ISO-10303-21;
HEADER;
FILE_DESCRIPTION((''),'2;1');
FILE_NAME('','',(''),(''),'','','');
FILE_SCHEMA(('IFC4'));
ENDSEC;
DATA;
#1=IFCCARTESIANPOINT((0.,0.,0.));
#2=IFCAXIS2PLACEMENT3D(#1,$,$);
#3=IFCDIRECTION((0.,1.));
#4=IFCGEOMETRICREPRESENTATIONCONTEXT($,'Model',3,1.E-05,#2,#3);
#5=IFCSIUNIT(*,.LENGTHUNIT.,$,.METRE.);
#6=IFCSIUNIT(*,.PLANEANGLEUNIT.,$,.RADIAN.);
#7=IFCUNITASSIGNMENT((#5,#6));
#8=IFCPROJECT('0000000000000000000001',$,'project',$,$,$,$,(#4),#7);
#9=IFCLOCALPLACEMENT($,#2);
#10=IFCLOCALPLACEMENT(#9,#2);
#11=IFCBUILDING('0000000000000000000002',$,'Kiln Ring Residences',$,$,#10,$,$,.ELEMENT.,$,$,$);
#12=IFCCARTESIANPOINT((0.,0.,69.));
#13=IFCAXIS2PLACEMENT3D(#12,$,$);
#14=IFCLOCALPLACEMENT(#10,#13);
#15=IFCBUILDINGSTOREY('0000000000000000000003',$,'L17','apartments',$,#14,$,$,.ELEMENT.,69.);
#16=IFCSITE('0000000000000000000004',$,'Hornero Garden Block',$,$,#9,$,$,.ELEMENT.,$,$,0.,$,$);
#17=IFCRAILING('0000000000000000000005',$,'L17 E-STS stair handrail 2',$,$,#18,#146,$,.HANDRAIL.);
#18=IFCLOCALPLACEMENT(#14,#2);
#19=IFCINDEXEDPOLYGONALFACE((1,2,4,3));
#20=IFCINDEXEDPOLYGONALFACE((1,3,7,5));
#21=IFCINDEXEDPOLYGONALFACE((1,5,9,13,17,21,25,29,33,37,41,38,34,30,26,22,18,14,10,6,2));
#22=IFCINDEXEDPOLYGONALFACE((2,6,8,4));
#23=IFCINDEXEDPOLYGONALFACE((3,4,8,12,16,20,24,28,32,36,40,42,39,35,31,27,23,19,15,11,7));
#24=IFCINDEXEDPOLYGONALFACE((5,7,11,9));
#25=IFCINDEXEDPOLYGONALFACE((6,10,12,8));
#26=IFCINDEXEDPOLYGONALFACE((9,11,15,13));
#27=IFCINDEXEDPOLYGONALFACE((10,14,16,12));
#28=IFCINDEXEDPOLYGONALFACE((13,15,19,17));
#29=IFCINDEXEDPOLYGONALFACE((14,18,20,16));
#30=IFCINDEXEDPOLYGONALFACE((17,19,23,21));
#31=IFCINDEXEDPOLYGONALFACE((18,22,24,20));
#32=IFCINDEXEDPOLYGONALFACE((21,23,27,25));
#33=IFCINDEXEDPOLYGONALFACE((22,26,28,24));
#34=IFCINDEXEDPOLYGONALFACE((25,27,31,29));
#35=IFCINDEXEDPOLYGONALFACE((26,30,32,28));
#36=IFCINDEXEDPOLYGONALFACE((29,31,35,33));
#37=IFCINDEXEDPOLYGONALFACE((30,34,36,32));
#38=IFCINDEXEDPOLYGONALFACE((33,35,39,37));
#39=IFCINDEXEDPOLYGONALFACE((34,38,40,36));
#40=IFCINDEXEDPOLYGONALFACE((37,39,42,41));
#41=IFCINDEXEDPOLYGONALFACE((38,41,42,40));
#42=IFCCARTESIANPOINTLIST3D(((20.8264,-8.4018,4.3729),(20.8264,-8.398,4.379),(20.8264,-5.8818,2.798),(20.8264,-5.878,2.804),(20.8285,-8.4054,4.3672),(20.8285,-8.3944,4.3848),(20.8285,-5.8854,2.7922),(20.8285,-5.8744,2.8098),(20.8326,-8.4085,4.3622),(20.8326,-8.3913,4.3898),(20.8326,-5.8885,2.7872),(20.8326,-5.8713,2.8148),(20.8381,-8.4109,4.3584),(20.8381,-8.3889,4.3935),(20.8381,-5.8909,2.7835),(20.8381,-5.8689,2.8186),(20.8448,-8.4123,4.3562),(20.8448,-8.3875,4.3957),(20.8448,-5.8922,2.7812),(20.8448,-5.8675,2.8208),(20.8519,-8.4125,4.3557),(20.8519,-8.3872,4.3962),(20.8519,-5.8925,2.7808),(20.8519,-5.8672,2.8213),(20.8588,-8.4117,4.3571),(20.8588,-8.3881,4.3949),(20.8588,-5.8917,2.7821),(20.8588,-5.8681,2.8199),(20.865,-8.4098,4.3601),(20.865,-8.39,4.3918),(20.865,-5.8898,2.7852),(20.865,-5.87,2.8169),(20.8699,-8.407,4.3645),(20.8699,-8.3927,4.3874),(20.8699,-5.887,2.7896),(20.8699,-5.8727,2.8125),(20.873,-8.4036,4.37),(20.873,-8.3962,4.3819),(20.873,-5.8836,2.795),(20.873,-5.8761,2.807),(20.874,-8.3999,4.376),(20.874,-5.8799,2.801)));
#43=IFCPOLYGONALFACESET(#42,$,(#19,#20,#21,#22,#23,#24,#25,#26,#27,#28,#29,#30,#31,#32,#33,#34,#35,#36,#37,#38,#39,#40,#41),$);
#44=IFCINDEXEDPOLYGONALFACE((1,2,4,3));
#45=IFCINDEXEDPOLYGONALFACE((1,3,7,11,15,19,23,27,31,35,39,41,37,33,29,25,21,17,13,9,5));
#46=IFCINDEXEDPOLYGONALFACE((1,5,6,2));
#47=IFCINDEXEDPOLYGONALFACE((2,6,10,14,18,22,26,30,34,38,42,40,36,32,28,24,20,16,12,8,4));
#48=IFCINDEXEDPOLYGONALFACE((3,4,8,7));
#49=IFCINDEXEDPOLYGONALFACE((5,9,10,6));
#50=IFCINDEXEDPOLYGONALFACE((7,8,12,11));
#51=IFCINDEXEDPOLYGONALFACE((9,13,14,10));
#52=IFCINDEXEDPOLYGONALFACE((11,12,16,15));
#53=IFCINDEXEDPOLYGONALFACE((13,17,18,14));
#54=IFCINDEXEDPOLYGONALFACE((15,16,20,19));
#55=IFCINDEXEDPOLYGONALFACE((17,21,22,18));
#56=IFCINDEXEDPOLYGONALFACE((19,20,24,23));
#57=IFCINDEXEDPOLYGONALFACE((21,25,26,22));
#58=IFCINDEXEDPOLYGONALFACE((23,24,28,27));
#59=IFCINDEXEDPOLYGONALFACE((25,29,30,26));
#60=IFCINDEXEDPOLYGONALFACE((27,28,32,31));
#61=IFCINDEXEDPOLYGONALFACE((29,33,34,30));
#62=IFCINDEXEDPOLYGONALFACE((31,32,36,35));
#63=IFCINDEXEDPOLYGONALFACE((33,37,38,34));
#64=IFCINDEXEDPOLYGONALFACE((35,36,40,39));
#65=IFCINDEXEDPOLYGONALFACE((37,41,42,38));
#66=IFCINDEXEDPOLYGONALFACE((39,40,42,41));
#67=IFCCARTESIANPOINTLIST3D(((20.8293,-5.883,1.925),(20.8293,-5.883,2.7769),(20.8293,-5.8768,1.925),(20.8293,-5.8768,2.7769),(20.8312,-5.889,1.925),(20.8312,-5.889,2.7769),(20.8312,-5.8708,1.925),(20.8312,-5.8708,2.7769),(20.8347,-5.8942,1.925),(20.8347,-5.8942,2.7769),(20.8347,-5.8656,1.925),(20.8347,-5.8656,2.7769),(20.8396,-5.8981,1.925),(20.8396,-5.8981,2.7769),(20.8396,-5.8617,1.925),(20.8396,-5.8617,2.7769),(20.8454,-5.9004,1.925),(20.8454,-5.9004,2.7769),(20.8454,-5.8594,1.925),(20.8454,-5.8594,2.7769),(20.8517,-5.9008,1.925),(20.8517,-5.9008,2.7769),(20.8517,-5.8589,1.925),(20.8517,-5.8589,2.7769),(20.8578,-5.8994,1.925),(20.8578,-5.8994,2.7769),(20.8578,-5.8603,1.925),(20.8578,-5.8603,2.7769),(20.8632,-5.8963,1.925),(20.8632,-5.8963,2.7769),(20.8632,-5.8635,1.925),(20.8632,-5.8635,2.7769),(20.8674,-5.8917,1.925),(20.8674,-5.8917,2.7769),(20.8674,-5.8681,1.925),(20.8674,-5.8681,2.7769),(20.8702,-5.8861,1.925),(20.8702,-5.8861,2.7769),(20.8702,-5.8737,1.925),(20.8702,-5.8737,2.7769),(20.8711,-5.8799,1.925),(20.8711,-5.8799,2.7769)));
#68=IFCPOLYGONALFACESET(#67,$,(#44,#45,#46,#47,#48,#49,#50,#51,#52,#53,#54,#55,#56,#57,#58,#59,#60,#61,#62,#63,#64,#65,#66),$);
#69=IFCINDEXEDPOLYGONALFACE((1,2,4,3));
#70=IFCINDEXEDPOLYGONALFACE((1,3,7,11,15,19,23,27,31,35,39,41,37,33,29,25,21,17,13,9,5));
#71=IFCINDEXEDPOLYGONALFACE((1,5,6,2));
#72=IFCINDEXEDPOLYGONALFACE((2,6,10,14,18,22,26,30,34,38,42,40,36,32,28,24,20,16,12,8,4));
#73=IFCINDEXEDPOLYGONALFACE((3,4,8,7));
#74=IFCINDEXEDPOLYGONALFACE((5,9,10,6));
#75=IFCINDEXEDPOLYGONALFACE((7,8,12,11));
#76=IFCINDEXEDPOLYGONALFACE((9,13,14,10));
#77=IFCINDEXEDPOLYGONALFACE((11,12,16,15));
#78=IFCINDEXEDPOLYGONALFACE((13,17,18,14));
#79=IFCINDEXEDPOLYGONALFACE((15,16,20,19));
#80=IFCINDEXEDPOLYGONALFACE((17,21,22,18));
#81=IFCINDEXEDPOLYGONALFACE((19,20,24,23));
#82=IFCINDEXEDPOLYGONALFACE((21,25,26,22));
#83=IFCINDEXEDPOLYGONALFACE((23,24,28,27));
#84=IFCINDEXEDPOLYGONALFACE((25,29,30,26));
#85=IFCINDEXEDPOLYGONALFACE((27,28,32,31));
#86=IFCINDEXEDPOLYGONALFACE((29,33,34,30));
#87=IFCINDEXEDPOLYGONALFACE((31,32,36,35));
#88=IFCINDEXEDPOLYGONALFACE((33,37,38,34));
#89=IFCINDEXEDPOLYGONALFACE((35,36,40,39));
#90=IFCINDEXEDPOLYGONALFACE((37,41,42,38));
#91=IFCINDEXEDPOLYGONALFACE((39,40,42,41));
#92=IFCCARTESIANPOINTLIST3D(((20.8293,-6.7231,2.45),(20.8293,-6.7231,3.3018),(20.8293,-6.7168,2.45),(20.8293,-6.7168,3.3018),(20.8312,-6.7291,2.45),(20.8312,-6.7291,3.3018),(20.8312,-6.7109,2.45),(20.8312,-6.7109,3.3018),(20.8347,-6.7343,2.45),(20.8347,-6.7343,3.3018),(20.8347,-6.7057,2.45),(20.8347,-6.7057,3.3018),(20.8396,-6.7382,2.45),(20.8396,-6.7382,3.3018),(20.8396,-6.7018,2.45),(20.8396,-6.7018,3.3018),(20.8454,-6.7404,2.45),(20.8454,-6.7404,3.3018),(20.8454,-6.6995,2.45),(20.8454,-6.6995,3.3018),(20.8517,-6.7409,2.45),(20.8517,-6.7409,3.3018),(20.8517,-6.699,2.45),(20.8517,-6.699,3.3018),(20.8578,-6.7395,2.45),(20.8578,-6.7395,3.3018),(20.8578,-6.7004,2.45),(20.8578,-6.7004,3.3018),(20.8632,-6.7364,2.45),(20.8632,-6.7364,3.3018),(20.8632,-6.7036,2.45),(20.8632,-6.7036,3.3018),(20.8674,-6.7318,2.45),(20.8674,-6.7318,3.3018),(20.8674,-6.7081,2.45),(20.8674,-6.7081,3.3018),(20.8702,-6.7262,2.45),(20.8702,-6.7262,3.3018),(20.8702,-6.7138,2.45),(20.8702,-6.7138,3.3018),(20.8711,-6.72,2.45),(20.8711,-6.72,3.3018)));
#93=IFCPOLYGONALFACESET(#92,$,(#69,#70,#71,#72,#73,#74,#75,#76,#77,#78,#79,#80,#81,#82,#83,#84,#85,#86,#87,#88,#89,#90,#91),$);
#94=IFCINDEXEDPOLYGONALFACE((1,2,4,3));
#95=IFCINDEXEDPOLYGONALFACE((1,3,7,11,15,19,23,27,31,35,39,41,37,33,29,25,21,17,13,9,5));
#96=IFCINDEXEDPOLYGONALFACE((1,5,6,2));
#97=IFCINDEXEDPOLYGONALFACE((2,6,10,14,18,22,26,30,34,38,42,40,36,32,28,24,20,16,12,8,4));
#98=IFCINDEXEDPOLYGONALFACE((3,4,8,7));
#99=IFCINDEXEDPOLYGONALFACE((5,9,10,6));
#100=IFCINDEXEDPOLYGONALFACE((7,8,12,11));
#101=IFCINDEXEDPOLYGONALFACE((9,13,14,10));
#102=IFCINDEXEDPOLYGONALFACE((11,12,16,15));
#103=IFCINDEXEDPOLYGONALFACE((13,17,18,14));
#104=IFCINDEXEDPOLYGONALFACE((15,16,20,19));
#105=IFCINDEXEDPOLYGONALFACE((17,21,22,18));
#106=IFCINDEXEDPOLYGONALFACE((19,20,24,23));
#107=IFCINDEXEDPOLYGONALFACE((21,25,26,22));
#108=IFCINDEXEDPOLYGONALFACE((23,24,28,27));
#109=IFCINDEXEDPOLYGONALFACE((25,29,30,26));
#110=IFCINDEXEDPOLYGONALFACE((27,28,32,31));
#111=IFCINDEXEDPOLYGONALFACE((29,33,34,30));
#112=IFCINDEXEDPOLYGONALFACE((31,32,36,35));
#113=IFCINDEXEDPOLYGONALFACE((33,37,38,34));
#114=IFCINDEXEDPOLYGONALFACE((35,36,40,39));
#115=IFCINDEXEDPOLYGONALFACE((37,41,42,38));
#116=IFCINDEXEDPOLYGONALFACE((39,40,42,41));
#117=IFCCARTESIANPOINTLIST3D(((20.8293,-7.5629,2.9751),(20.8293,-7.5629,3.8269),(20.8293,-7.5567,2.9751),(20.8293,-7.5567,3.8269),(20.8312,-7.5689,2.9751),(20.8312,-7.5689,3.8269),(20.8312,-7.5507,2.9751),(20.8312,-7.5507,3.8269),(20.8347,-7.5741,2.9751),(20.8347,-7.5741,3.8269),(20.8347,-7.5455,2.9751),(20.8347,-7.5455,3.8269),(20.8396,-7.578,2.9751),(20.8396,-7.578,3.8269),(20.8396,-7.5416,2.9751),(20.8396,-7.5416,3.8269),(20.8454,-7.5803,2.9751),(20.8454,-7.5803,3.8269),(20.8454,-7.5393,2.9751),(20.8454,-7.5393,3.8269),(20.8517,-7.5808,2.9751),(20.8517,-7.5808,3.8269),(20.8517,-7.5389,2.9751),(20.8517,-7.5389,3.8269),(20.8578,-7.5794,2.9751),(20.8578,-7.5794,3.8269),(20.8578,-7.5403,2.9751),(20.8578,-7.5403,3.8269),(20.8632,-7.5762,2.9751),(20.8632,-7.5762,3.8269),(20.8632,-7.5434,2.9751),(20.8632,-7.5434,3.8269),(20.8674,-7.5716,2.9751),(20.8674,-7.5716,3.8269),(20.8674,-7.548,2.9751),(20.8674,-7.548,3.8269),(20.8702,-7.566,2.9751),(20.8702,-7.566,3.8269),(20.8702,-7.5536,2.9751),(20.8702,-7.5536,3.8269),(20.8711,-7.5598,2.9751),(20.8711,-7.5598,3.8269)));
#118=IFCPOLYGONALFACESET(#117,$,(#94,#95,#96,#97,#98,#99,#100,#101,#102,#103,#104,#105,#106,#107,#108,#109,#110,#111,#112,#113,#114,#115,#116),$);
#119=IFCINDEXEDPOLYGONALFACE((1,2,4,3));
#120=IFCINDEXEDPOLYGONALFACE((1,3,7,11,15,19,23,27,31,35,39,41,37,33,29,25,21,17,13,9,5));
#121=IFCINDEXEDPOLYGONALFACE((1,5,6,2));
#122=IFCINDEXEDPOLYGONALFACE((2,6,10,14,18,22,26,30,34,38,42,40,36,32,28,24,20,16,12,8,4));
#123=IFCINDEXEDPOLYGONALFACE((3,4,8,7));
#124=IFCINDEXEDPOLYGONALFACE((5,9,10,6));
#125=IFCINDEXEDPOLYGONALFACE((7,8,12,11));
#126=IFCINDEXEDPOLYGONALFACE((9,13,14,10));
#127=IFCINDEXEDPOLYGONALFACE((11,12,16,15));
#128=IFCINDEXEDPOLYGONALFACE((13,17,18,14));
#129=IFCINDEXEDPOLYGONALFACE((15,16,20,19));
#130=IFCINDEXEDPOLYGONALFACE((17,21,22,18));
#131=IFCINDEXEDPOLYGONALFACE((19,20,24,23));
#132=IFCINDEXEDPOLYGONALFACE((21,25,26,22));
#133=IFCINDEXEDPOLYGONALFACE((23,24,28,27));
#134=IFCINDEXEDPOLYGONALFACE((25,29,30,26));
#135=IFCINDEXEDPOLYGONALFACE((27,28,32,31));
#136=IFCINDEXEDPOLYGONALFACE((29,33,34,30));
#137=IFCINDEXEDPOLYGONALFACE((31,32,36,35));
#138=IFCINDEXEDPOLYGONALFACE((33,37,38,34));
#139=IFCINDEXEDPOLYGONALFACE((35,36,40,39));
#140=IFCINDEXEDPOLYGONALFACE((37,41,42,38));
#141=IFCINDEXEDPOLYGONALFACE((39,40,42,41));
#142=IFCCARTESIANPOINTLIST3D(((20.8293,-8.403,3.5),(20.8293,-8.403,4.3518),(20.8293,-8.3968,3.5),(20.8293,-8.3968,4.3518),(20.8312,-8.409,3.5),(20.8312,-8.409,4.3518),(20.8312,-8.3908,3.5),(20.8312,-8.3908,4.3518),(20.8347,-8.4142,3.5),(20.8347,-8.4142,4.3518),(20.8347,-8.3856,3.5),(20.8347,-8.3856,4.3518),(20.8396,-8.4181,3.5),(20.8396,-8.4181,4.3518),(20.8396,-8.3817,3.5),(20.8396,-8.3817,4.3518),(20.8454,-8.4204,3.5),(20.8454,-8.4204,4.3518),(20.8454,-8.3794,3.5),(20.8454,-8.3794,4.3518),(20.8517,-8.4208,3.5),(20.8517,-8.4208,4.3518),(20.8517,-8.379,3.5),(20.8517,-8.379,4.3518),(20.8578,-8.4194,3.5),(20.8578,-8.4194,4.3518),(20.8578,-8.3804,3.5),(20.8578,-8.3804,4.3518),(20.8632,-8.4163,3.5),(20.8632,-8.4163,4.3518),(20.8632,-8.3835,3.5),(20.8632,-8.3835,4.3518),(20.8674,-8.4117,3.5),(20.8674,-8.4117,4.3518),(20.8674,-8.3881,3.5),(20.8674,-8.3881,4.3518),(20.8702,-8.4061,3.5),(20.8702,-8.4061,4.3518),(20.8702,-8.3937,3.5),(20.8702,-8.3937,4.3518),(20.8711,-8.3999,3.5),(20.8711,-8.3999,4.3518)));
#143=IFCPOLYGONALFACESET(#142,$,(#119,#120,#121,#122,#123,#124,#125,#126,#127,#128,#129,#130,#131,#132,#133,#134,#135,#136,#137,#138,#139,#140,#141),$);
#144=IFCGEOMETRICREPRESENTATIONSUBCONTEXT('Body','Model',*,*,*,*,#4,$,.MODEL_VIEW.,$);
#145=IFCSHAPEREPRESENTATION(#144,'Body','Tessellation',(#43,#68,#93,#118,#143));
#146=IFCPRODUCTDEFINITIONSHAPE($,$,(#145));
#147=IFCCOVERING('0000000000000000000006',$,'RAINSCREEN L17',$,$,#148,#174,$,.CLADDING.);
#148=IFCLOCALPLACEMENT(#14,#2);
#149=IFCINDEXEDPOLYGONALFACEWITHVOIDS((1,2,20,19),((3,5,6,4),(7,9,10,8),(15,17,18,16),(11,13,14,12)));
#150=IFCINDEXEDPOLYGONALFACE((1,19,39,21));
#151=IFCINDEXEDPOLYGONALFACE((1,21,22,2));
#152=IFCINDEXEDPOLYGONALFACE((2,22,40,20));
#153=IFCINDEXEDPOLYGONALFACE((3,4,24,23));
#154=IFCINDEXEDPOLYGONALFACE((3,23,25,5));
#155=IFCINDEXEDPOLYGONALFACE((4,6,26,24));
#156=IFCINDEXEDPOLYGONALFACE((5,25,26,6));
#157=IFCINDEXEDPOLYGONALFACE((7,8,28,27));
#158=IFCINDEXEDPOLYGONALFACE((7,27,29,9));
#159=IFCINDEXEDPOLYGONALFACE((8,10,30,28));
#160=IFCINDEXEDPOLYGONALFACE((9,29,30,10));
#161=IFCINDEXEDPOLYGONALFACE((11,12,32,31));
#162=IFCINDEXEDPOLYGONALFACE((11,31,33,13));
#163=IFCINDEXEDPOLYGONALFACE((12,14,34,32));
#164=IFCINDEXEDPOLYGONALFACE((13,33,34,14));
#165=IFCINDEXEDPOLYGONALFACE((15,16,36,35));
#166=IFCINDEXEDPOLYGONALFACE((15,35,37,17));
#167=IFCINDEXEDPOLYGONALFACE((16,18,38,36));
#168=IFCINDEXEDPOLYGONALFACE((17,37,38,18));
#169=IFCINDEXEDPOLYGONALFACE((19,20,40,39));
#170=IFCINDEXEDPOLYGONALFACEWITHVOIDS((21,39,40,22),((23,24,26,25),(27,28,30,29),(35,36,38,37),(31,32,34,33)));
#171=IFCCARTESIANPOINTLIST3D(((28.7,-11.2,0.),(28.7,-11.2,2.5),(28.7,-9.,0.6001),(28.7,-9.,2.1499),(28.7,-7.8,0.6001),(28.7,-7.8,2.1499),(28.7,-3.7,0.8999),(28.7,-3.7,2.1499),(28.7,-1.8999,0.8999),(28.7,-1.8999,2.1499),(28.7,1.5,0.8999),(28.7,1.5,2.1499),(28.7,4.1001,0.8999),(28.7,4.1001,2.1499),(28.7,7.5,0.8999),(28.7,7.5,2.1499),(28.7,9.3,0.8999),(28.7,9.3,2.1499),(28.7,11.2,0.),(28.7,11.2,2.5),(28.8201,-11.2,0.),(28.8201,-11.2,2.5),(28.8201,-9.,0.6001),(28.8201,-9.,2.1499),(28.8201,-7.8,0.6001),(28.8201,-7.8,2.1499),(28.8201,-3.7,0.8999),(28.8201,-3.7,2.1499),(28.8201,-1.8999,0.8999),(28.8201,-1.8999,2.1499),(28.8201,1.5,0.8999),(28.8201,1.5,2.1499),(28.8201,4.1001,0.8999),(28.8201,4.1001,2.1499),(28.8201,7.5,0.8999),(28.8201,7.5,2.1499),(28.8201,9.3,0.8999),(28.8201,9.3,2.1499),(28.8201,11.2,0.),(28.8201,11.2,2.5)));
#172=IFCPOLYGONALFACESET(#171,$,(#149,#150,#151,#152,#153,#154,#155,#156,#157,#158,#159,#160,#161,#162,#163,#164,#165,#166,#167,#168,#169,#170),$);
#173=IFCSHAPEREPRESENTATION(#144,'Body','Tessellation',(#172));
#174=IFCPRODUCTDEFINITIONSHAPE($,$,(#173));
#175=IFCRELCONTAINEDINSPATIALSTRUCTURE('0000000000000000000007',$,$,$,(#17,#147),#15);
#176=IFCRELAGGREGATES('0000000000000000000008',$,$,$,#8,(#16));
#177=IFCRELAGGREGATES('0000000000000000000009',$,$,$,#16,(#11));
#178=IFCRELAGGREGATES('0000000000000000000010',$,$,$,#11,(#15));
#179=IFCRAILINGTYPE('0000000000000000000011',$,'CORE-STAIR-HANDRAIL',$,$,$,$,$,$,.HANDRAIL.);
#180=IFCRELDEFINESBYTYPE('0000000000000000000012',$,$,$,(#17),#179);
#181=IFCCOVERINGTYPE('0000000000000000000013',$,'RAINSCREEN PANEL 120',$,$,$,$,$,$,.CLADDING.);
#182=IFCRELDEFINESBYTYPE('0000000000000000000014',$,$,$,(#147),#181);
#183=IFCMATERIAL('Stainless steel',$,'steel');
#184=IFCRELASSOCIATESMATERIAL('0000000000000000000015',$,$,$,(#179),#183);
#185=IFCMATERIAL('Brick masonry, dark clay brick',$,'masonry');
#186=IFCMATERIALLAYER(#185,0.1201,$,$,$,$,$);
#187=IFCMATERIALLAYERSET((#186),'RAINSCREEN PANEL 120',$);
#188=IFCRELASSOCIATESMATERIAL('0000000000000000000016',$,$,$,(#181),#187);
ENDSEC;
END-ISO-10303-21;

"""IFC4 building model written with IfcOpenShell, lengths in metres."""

from ifc_helpers import new_model, si_unit, direction, frame, origin, origin_2d, place, context, subcontext, project, spatial, polyline, circle, outline, extrude, material, layer, layer_set, type_object, element, save


model = new_model("IFC4")

# Units and contexts
model_context = context("Model", 3, precision=1e-05, world=origin(), true_north=direction((0.0, 1.0)))
body_context = subcontext(model_context, "Body", "Model", "MODEL_VIEW")
ifc_project = project(units=[si_unit("LENGTHUNIT", "METRE"), si_unit("PLANEANGLEUNIT", "RADIAN")], contexts=[model_context])

# Site, building, storey
site_placement = place(None, origin())
site = spatial("IfcSite", under=ifc_project, at=site_placement, Name="Hornero Garden Block", CompositionType="ELEMENT", RefElevation=0.0)
building_placement = place(site_placement, origin())
building = spatial("IfcBuilding", under=site, at=building_placement, Name="Kiln Ring Residences", CompositionType="ELEMENT")
storey_placement = place(building_placement, frame((0.0, 0.0, 69.0)))
storey = spatial("IfcBuildingStorey", under=building, at=storey_placement, Name="L17", Description="apartments", CompositionType="ELEMENT", Elevation=69.0)

# Railing
ifc_material_1 = material(Name="Stainless steel", Category="steel")
railing_type_1 = type_object("IfcRailingType", Name="CORE-STAIR-HANDRAIL", PredefinedType="HANDRAIL", material=ifc_material_1)
railing_1_placement = place(storey_placement, frame((20.8501, -5.8799, 1.925)))
element("IfcRailing", 1, at=railing_1_placement, inside=storey, type_object=railing_type_1, Name="L17 E-STS stair handrail 2", PredefinedType="HANDRAIL", context=body_context, shape_type="SweptSolid", body=[
    extrude(circle(Radius=0.0239, at=origin_2d()), frame((0.0, 0.0, 0.876), z_axis=(0.0, -0.848008, 0.529984), x_axis=(1.0, 0.0, 0.0)), (0.0, 0.0, 1.0), 2.9717),
    extrude(circle(Radius=0.021, at=origin_2d()), origin(), (0.0, 0.0, 1.0), 0.8518),
    extrude(circle(Radius=0.021, at=origin_2d()), frame((0.0, -0.8401, 0.5249)), (0.0, 0.0, 1.0), 0.8518),
    extrude(circle(Radius=0.021, at=origin_2d()), frame((0.0, -1.6799, 1.05)), (0.0, 0.0, 1.0), 0.8518),
    extrude(circle(Radius=0.021, at=origin_2d()), frame((0.0, -2.52, 1.575)), (0.0, 0.0, 1.0), 0.8518),
])

# Covering
ifc_material_2 = material(Name="Brick masonry, dark clay brick", Category="masonry")
ifc_layer_1 = layer(ifc_material_2, 0.1201)
ifc_layer_set_1 = layer_set([ifc_layer_1], Name="RAINSCREEN PANEL 120")
covering_type = type_object("IfcCoveringType", Name="RAINSCREEN PANEL 120", PredefinedType="CLADDING", material=ifc_layer_set_1)
covering_placement = place(storey_placement, frame((28.76, -11.2, 0.0), z_axis=(0.0, 0.0, 1.0), x_axis=(0.0, 1.0, 0.0)))
element("IfcCovering", 2, at=covering_placement, inside=storey, type_object=covering_type, Name="RAINSCREEN L17", PredefinedType="CLADDING", context=body_context, shape_type="SweptSolid", body=[
    extrude(outline(polyline([(0.0, 0.0), (22.3999, 0.0), (22.3999, 2.5), (0.0, 2.5), (0.0, 0.0)]), holes=[polyline([(3.3999, 0.6001), (3.3999, 2.1499), (2.2, 2.1499), (2.2, 0.6001), (3.3999, 0.6001)]), polyline([(9.3, 0.8999), (9.3, 2.1499), (7.5, 2.1499), (7.5, 0.8999), (9.3, 0.8999)]), polyline([(15.3, 0.8999), (15.3, 2.1499), (12.7, 2.1499), (12.7, 0.8999), (15.3, 0.8999)]), polyline([(20.5, 0.8999), (20.5, 2.1499), (18.7, 2.1499), (18.7, 0.8999), (20.5, 0.8999)])]), frame((0.0, 0.0601, 0.0), z_axis=(0.0, -1.0, 0.0), x_axis=(1.0, 0.0, 0.0)), (0.0, 0.0, 1.0), 0.1201),
])

save(model, "model.ifc")
